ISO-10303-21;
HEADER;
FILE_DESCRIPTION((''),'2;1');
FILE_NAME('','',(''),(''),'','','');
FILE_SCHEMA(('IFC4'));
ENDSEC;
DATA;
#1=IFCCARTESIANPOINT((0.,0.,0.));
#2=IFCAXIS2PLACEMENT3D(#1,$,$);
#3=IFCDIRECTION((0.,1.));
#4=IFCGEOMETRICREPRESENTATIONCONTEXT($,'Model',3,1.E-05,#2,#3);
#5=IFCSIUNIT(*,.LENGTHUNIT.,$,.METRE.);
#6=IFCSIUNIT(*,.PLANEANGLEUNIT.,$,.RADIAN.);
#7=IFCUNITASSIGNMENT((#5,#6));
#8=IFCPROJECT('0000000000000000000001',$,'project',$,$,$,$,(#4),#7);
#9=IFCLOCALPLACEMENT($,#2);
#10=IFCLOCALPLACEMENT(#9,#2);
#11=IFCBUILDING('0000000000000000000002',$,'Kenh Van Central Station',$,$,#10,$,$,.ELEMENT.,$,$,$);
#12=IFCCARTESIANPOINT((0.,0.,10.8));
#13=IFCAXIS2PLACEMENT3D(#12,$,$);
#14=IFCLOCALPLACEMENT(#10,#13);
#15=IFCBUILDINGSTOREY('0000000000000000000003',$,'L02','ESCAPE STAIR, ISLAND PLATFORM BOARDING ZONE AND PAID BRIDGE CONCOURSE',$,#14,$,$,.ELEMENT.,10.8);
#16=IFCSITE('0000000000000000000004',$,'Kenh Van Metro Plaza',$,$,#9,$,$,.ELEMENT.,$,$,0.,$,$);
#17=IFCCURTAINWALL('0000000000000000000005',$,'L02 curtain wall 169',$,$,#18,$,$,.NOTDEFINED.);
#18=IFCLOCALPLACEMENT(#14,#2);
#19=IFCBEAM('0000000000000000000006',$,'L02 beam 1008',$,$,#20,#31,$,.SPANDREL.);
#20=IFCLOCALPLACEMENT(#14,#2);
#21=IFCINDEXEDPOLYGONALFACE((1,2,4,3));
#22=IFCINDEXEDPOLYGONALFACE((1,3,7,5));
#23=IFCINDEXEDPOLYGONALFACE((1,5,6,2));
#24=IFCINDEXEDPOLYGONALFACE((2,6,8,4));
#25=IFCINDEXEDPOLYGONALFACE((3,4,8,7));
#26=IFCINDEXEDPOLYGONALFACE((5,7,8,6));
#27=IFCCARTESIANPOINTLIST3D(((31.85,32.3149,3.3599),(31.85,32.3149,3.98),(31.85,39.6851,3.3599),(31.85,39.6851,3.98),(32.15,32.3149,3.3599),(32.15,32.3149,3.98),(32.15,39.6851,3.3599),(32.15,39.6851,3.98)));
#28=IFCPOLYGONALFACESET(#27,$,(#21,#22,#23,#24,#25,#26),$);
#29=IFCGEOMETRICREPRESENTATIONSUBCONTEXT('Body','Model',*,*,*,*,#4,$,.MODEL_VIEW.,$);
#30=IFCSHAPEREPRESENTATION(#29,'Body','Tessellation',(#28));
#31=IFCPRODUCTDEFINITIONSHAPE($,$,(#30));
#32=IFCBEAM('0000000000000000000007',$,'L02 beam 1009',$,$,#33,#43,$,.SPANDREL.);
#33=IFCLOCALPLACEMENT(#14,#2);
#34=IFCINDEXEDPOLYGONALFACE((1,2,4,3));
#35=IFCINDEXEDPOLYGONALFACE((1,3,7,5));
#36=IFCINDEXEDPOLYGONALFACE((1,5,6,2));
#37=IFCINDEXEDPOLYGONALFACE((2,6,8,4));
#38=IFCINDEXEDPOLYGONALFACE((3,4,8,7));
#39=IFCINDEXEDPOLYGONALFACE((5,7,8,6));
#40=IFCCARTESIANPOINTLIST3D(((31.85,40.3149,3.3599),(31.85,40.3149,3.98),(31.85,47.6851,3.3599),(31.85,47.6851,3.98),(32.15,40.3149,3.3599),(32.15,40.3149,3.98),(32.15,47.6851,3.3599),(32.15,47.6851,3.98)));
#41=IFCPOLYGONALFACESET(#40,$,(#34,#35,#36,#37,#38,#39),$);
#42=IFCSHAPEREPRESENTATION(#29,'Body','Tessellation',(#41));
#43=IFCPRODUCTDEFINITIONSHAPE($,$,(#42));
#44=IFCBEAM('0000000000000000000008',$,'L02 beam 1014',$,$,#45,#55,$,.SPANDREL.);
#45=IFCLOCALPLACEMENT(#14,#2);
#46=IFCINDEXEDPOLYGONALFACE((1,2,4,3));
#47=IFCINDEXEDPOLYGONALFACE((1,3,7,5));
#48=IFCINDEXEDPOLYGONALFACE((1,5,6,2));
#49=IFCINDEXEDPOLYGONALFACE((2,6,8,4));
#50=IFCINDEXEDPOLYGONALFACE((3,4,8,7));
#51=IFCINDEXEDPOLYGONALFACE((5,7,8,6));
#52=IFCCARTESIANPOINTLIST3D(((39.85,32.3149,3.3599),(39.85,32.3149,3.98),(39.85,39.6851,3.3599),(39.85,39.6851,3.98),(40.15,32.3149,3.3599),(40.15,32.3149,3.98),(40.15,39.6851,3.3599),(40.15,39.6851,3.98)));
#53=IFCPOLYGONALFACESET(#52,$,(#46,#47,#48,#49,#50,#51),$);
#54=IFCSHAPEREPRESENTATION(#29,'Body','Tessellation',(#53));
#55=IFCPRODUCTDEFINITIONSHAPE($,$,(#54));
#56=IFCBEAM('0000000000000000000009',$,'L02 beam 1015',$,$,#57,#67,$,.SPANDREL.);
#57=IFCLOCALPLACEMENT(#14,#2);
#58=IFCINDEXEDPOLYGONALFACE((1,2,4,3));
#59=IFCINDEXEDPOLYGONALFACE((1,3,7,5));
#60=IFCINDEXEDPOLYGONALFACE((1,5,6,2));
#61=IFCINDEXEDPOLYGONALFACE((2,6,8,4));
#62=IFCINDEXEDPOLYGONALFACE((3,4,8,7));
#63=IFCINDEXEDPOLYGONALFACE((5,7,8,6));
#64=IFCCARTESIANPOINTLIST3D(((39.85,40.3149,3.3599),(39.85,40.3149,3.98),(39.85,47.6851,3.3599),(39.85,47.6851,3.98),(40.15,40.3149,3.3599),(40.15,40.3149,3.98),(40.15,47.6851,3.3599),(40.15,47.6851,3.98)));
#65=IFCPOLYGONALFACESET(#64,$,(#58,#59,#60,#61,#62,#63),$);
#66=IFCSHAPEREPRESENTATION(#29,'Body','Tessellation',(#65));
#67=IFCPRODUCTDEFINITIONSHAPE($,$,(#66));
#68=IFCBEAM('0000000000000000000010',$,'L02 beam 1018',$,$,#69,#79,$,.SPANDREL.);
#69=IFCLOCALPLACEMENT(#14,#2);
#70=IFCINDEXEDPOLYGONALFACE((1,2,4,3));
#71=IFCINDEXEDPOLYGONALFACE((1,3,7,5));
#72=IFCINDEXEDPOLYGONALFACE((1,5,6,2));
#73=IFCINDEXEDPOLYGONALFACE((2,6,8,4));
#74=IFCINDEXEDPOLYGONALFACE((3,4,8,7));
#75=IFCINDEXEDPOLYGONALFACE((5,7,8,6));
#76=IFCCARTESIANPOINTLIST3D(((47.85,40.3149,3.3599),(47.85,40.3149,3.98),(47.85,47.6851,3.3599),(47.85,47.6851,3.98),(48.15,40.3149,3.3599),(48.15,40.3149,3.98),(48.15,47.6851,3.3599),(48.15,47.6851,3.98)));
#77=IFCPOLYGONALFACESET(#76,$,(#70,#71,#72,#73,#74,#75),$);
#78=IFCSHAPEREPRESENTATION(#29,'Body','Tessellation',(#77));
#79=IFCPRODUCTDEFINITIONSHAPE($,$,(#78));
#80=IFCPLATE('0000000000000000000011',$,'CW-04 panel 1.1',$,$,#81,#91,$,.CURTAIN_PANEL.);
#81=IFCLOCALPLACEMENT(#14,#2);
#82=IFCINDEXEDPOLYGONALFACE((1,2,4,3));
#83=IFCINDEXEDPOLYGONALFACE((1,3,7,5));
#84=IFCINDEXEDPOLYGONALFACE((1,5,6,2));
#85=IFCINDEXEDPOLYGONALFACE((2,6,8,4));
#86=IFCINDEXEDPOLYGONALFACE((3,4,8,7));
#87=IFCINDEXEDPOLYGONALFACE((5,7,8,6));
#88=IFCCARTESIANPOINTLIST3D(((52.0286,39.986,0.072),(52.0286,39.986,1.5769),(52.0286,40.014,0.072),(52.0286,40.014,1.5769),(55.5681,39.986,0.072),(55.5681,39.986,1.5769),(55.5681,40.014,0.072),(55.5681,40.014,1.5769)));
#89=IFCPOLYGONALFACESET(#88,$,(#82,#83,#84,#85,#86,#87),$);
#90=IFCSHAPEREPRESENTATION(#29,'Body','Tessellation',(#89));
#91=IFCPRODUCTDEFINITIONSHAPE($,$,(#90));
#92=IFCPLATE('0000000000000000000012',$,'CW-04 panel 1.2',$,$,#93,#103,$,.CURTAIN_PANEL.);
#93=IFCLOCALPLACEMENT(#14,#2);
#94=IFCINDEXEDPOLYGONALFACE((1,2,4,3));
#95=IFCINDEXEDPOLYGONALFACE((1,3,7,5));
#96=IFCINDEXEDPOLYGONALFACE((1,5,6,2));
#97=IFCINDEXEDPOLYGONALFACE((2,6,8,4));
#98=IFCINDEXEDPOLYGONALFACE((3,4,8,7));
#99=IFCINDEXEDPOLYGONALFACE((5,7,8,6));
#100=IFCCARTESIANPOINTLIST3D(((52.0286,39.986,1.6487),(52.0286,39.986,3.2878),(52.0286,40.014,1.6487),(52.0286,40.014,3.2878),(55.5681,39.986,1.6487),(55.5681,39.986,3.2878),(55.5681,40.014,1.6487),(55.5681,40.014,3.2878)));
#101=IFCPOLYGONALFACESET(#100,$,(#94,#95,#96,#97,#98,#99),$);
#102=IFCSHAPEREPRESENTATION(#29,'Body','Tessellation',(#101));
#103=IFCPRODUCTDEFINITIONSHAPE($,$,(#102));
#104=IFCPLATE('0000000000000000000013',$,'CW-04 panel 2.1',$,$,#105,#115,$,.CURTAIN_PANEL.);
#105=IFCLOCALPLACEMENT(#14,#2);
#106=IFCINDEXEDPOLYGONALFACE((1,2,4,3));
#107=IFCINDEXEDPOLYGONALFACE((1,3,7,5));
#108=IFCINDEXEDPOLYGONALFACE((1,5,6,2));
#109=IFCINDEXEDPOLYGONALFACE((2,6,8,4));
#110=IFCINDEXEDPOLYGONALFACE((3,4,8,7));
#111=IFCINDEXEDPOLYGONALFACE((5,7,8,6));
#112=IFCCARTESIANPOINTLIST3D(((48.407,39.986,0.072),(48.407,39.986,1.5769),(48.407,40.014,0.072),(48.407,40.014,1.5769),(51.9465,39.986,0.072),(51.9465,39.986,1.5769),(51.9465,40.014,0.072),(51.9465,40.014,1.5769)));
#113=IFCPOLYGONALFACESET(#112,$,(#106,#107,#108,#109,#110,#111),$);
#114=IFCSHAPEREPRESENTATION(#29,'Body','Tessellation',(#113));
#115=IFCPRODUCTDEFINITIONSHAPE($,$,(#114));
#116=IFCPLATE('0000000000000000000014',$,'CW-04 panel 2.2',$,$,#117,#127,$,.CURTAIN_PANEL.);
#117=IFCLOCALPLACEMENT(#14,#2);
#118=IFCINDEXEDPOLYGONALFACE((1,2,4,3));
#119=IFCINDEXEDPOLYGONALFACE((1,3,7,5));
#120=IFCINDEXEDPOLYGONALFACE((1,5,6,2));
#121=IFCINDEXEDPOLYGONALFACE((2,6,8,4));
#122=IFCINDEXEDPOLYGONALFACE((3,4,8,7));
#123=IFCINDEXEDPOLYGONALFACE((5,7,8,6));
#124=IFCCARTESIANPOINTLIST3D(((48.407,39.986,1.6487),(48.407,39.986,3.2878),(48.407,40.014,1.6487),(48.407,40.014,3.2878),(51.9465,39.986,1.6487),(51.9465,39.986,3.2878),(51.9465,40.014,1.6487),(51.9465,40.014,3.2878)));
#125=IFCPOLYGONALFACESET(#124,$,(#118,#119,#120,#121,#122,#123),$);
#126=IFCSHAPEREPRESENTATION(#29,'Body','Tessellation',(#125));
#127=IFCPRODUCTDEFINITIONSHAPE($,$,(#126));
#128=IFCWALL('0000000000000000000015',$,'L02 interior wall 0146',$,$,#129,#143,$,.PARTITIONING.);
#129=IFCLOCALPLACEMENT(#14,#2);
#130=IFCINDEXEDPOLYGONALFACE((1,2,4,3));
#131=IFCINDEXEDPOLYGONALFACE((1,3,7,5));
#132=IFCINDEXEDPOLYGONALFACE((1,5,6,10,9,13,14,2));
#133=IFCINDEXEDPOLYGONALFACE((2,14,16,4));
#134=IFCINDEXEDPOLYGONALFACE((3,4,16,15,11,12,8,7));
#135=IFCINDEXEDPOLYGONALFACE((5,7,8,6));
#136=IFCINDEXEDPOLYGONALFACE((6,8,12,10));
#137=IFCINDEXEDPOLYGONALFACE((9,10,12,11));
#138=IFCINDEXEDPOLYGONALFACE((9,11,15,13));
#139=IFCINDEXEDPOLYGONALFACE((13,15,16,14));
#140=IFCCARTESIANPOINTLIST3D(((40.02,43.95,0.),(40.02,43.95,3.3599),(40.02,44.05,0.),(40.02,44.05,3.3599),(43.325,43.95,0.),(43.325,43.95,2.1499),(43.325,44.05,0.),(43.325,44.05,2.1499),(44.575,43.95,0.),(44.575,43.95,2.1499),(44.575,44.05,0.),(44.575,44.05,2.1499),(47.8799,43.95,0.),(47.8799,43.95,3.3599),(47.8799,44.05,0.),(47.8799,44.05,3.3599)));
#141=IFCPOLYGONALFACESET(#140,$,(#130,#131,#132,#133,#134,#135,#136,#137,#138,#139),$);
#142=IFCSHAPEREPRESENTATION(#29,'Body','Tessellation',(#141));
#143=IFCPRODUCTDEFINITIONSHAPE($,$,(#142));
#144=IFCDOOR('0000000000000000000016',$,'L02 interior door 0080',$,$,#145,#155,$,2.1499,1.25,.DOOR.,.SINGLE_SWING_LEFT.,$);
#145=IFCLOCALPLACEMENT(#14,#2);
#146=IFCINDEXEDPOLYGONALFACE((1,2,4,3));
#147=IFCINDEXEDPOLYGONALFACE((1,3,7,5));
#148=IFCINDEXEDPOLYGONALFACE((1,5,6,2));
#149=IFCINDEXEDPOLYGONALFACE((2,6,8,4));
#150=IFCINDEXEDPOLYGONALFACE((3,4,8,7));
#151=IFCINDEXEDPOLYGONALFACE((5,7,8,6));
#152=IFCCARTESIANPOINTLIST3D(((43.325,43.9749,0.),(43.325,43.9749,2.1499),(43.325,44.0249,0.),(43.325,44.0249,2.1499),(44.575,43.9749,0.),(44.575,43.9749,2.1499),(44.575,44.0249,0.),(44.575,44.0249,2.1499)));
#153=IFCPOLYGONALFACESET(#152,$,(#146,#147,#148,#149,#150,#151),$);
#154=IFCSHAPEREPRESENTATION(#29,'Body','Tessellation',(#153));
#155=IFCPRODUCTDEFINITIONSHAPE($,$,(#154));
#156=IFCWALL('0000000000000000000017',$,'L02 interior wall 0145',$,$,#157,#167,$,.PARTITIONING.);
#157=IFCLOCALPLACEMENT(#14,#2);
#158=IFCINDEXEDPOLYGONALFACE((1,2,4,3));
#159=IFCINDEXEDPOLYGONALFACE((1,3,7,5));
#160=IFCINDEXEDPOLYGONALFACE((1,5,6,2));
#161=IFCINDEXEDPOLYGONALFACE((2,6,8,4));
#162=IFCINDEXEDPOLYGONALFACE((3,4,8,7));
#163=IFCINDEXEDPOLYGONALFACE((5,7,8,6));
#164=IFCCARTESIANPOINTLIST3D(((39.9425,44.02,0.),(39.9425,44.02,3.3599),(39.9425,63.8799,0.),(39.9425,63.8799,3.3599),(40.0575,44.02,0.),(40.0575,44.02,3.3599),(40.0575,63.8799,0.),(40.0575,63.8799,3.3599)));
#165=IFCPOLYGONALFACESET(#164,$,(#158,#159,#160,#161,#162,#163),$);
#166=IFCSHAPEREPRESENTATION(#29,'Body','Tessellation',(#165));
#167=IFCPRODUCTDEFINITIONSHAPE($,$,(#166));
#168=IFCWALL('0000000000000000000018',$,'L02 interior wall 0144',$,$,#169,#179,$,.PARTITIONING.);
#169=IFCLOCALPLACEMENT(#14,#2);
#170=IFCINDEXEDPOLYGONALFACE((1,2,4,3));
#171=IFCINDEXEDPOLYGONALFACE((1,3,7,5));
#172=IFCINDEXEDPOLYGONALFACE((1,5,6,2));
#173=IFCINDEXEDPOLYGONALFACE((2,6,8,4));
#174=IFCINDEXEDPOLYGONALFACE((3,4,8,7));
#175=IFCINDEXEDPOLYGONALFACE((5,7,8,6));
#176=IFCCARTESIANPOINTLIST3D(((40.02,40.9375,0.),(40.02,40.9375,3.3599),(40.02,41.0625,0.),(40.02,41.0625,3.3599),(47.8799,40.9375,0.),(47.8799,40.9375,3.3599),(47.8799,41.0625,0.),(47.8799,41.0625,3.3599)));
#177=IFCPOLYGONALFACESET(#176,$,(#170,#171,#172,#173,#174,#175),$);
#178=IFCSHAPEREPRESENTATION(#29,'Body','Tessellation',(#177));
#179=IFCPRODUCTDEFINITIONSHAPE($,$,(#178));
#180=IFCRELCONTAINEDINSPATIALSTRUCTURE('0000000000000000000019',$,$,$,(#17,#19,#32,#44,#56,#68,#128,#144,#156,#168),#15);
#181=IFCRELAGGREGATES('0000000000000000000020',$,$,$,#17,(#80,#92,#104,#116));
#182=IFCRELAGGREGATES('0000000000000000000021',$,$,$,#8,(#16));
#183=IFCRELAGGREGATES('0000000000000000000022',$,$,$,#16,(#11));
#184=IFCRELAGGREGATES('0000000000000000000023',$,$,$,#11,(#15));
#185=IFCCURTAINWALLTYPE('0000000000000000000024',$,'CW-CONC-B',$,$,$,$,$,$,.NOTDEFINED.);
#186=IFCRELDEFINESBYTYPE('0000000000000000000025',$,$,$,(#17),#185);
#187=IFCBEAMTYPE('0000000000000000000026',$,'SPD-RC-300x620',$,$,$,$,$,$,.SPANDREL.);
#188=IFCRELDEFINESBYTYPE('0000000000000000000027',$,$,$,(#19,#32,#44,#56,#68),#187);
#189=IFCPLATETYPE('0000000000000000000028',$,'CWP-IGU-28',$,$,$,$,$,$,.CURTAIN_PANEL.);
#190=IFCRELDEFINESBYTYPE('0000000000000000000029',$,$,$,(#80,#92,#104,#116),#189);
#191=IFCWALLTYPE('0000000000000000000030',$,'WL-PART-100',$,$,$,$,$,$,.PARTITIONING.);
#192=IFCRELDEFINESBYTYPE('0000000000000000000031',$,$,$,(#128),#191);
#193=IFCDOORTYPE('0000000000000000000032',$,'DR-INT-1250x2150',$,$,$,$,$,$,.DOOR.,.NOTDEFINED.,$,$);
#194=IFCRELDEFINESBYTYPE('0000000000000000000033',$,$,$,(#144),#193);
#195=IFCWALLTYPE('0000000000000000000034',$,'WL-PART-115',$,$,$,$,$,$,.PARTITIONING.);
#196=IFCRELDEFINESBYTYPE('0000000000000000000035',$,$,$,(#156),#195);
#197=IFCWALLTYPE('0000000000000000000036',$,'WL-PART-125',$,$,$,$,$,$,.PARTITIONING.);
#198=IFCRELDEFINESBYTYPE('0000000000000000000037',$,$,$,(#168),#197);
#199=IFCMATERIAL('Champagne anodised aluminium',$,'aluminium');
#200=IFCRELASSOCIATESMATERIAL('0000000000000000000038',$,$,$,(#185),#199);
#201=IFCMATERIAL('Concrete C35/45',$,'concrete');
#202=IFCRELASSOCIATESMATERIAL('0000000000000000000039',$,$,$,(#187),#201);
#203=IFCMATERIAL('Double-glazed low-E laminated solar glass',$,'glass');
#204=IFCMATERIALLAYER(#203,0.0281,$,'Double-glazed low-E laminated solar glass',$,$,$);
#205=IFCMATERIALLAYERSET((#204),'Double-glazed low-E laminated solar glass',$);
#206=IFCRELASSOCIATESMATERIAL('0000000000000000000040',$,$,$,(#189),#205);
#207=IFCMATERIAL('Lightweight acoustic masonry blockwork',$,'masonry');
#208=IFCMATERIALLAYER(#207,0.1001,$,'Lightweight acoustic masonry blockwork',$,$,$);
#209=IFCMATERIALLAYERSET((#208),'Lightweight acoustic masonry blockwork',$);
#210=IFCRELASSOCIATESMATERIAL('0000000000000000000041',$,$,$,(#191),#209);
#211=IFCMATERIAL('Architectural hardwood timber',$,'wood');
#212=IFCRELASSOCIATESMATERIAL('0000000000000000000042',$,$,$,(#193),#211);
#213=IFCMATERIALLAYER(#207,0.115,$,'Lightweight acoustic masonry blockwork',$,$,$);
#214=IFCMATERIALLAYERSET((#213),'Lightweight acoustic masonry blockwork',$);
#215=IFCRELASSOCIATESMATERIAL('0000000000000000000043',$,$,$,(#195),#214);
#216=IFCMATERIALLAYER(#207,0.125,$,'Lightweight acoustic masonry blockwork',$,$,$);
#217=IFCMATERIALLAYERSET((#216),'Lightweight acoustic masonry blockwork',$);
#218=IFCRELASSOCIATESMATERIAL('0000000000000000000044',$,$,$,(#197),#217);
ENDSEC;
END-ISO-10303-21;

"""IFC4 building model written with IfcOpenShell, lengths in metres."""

from ifc_helpers import new_model, si_unit, direction, frame, frame_2d, origin, origin_2d, place, context, subcontext, project, spatial, rectangle, extrude, material, layer, layer_set, material_profile, profile_set, type_object, element, fill, aggregate, save


model = new_model("IFC4")

# Units and contexts
model_context = context("Model", 3, precision=1e-05, world=origin(), true_north=direction((0.0, 1.0)))
body_context = subcontext(model_context, "Body", "Model", "MODEL_VIEW")
ifc_project = project(units=[si_unit("LENGTHUNIT", "METRE"), si_unit("PLANEANGLEUNIT", "RADIAN")], contexts=[model_context])

# Site, building, storey
site_placement = place(None, origin())
site = spatial("IfcSite", under=ifc_project, at=site_placement, Name="Kenh Van Metro Plaza", CompositionType="ELEMENT", RefElevation=0.0)
building_placement = place(site_placement, origin())
building = spatial("IfcBuilding", under=site, at=building_placement, Name="Kenh Van Central Station", CompositionType="ELEMENT")
storey_placement = place(building_placement, frame((0.0, 0.0, 10.8)))
storey = spatial("IfcBuildingStorey", under=building, at=storey_placement, Name="L02", Description="ESCAPE STAIR, ISLAND PLATFORM BOARDING ZONE AND PAID BRIDGE CONCOURSE", CompositionType="ELEMENT", Elevation=10.8)

# Shared definitions
ifc_material_1 = material(Name="Concrete C35/45", Category="concrete")

# Curtain wall
ifc_material_2 = material(Name="Champagne anodised aluminium", Category="aluminium")
curtain_wall_type = type_object("IfcCurtainWallType", Name="CW-CONC-B", PredefinedType="NOTDEFINED", material=ifc_material_2)
curtain_wall_placement = place(storey_placement, origin())
curtain_wall = element("IfcCurtainWall", 1, at=curtain_wall_placement, inside=storey, type_object=curtain_wall_type, Name="L02 curtain wall 169", PredefinedType="NOTDEFINED")

# Beams
ifc_material_profile_1 = material_profile(ifc_material_1, rectangle(XDim=0.3, YDim=0.6201, at=origin_2d()), Name="RC 300x620")
ifc_profile_set_1 = profile_set([ifc_material_profile_1], Name="Concrete C35/45")
beam_type = type_object("IfcBeamType", Name="SPD-RC-300x620", PredefinedType="SPANDREL", material=ifc_profile_set_1)
for number, where, z_axis, x_axis, name in (
    (2, (32.0, 32.3149, 3.6699), (0.0, 1.0, 0.0), (-1.0, 0.0, 0.0), "L02 beam 1008"),
    (3, (32.0, 40.3149, 3.6699), (0.0, 1.0, 0.0), (-1.0, 0.0, 0.0), "L02 beam 1009"),
    (4, (40.0, 32.3149, 3.6699), (0.0, 1.0, 0.0), (-1.0, 0.0, 0.0), "L02 beam 1014"),
    (5, (40.0, 40.3149, 3.6699), (0.0, 1.0, 0.0), (-1.0, 0.0, 0.0), "L02 beam 1015"),
    (6, (48.0, 40.3149, 3.6699), (0.0, 1.0, 0.0), (-1.0, 0.0, 0.0), "L02 beam 1018"),
):
    element("IfcBeam", number, at=place(storey_placement, frame(where, z_axis=z_axis, x_axis=x_axis)), inside=storey, type_object=beam_type, Name=name, PredefinedType="SPANDREL", context=body_context, shape_type="SweptSolid", body=[
        extrude(rectangle(XDim=0.3, YDim=0.6201, at=origin_2d()), origin(), (0.0, 0.0, 1.0), 7.3701),
    ])

# Plates
ifc_material_3 = material(Name="Double-glazed low-E laminated solar glass", Category="glass")
ifc_layer_1 = layer(ifc_material_3, 0.0281, Name="Double-glazed low-E laminated solar glass")
ifc_layer_set_1 = layer_set([ifc_layer_1], Name="Double-glazed low-E laminated solar glass")
plate_type = type_object("IfcPlateType", Name="CWP-IGU-28", PredefinedType="CURTAIN_PANEL", material=ifc_layer_set_1)
plate_1_placement = place(storey_placement, frame((53.7983, 40.0, 0.072), z_axis=(0.0, 0.0, 1.0), x_axis=(-1.0, 0.0, 0.0)))
plate_1 = element("IfcPlate", 7, at=plate_1_placement, type_object=plate_type, Name="CW-04 panel 1.1", PredefinedType="CURTAIN_PANEL", context=body_context, shape_type="SweptSolid", body=[
    extrude(rectangle(XDim=3.5396, YDim=0.0281, at=origin_2d()), origin(), (0.0, 0.0, 1.0), 1.5049),
])
plate_2_placement = place(storey_placement, frame((53.7983, 40.0, 1.6487), z_axis=(0.0, 0.0, 1.0), x_axis=(-1.0, 0.0, 0.0)))
plate_2 = element("IfcPlate", 8, at=plate_2_placement, type_object=plate_type, Name="CW-04 panel 1.2", PredefinedType="CURTAIN_PANEL", context=body_context, shape_type="SweptSolid", body=[
    extrude(rectangle(XDim=3.5396, YDim=0.0281, at=origin_2d()), origin(), (0.0, 0.0, 1.0), 1.6392),
])
plate_3_placement = place(storey_placement, frame((50.1768, 40.0, 0.072), z_axis=(0.0, 0.0, 1.0), x_axis=(-1.0, 0.0, 0.0)))
plate_3 = element("IfcPlate", 9, at=plate_3_placement, type_object=plate_type, Name="CW-04 panel 2.1", PredefinedType="CURTAIN_PANEL", context=body_context, shape_type="SweptSolid", body=[
    extrude(rectangle(XDim=3.5396, YDim=0.0281, at=origin_2d()), origin(), (0.0, 0.0, 1.0), 1.5049),
])
plate_4_placement = place(storey_placement, frame((50.1768, 40.0, 1.6487), z_axis=(0.0, 0.0, 1.0), x_axis=(-1.0, 0.0, 0.0)))
plate_4 = element("IfcPlate", 10, at=plate_4_placement, type_object=plate_type, Name="CW-04 panel 2.2", PredefinedType="CURTAIN_PANEL", context=body_context, shape_type="SweptSolid", body=[
    extrude(rectangle(XDim=3.5396, YDim=0.0281, at=origin_2d()), origin(), (0.0, 0.0, 1.0), 1.6392),
])
aggregate(curtain_wall, [plate_1, plate_2, plate_3, plate_4])

# Wall, opening, door
ifc_material_4 = material(Name="Lightweight acoustic masonry blockwork", Category="masonry")
ifc_layer_2 = layer(ifc_material_4, 0.1001, Name="Lightweight acoustic masonry blockwork")
ifc_layer_set_2 = layer_set([ifc_layer_2], Name="Lightweight acoustic masonry blockwork")
wall_type_1 = type_object("IfcWallType", Name="WL-PART-100", PredefinedType="PARTITIONING", material=ifc_layer_set_2)
wall_1_placement = place(storey_placement, frame((40.02, 44.0, 0.0), z_axis=(0.0, 0.0, 1.0), x_axis=(1.0, 0.0, 0.0)))
wall_1 = element("IfcWall", 11, at=wall_1_placement, inside=storey, type_object=wall_type_1, Name="L02 interior wall 0146", PredefinedType="PARTITIONING", context=body_context, shape_type="SweptSolid", body=[
    extrude(rectangle(XDim=7.8599, YDim=0.1001, at=frame_2d((3.9299, 0.0))), origin(), (0.0, 0.0, 1.0), 3.3599),
])
opening_1_placement = place(wall_1_placement, frame((3.3049, 0.0, 0.0)))
opening_1 = element("IfcOpeningElement", 12, at=opening_1_placement, cuts=wall_1, PredefinedType="OPENING", context=body_context, shape_type="SweptSolid", body=[
    extrude(rectangle(XDim=1.25, YDim=2.1499, at=frame_2d((0.625, 1.075))), frame((0.0, 0.0601, 0.0), z_axis=(0.0, -1.0, 0.0), x_axis=(1.0, 0.0, 0.0)), (0.0, 0.0, 1.0), 0.1201),
])
ifc_material_5 = material(Name="Architectural hardwood timber", Category="wood")
door_type = type_object("IfcDoorType", Name="DR-INT-1250x2150", OperationType="NOTDEFINED", PredefinedType="DOOR", material=ifc_material_5)
door_placement = place(opening_1_placement, origin())
door = element("IfcDoor", 13, at=door_placement, inside=storey, type_object=door_type, Name="L02 interior door 0080", OperationType="SINGLE_SWING_LEFT", OverallHeight=2.1499, OverallWidth=1.25, PredefinedType="DOOR", context=body_context, shape_type="SweptSolid", body=[
    extrude(rectangle(XDim=1.25, YDim=2.1499, at=frame_2d((0.625, 1.075))), frame((0.0, 0.0249, 0.0), z_axis=(0.0, -1.0, 0.0), x_axis=(1.0, 0.0, 0.0)), (0.0, 0.0, 1.0), 0.05),
])
fill(opening_1, door)

# Walls
ifc_layer_3 = layer(ifc_material_4, 0.115, Name="Lightweight acoustic masonry blockwork")
ifc_layer_set_3 = layer_set([ifc_layer_3], Name="Lightweight acoustic masonry blockwork")
wall_type_2 = type_object("IfcWallType", Name="WL-PART-115", PredefinedType="PARTITIONING", material=ifc_layer_set_3)
wall_2_placement = place(storey_placement, frame((40.0, 44.02, 0.0), z_axis=(0.0, 0.0, 1.0), x_axis=(0.0, 1.0, 0.0)))
element("IfcWall", 14, at=wall_2_placement, inside=storey, type_object=wall_type_2, Name="L02 interior wall 0145", PredefinedType="PARTITIONING", context=body_context, shape_type="SweptSolid", body=[
    extrude(rectangle(XDim=19.8599, YDim=0.115, at=frame_2d((9.9299, 0.0))), origin(), (0.0, 0.0, 1.0), 3.3599),
])
ifc_layer_4 = layer(ifc_material_4, 0.125, Name="Lightweight acoustic masonry blockwork")
ifc_layer_set_4 = layer_set([ifc_layer_4], Name="Lightweight acoustic masonry blockwork")
wall_type_3 = type_object("IfcWallType", Name="WL-PART-125", PredefinedType="PARTITIONING", material=ifc_layer_set_4)
wall_3_placement = place(storey_placement, frame((40.02, 41.0, 0.0), z_axis=(0.0, 0.0, 1.0), x_axis=(1.0, 0.0, 0.0)))
element("IfcWall", 15, at=wall_3_placement, inside=storey, type_object=wall_type_3, Name="L02 interior wall 0144", PredefinedType="PARTITIONING", context=body_context, shape_type="SweptSolid", body=[
    extrude(rectangle(XDim=7.8599, YDim=0.125, at=frame_2d((3.9299, 0.0))), origin(), (0.0, 0.0, 1.0), 3.3599),
])

save(model, "model.ifc")
